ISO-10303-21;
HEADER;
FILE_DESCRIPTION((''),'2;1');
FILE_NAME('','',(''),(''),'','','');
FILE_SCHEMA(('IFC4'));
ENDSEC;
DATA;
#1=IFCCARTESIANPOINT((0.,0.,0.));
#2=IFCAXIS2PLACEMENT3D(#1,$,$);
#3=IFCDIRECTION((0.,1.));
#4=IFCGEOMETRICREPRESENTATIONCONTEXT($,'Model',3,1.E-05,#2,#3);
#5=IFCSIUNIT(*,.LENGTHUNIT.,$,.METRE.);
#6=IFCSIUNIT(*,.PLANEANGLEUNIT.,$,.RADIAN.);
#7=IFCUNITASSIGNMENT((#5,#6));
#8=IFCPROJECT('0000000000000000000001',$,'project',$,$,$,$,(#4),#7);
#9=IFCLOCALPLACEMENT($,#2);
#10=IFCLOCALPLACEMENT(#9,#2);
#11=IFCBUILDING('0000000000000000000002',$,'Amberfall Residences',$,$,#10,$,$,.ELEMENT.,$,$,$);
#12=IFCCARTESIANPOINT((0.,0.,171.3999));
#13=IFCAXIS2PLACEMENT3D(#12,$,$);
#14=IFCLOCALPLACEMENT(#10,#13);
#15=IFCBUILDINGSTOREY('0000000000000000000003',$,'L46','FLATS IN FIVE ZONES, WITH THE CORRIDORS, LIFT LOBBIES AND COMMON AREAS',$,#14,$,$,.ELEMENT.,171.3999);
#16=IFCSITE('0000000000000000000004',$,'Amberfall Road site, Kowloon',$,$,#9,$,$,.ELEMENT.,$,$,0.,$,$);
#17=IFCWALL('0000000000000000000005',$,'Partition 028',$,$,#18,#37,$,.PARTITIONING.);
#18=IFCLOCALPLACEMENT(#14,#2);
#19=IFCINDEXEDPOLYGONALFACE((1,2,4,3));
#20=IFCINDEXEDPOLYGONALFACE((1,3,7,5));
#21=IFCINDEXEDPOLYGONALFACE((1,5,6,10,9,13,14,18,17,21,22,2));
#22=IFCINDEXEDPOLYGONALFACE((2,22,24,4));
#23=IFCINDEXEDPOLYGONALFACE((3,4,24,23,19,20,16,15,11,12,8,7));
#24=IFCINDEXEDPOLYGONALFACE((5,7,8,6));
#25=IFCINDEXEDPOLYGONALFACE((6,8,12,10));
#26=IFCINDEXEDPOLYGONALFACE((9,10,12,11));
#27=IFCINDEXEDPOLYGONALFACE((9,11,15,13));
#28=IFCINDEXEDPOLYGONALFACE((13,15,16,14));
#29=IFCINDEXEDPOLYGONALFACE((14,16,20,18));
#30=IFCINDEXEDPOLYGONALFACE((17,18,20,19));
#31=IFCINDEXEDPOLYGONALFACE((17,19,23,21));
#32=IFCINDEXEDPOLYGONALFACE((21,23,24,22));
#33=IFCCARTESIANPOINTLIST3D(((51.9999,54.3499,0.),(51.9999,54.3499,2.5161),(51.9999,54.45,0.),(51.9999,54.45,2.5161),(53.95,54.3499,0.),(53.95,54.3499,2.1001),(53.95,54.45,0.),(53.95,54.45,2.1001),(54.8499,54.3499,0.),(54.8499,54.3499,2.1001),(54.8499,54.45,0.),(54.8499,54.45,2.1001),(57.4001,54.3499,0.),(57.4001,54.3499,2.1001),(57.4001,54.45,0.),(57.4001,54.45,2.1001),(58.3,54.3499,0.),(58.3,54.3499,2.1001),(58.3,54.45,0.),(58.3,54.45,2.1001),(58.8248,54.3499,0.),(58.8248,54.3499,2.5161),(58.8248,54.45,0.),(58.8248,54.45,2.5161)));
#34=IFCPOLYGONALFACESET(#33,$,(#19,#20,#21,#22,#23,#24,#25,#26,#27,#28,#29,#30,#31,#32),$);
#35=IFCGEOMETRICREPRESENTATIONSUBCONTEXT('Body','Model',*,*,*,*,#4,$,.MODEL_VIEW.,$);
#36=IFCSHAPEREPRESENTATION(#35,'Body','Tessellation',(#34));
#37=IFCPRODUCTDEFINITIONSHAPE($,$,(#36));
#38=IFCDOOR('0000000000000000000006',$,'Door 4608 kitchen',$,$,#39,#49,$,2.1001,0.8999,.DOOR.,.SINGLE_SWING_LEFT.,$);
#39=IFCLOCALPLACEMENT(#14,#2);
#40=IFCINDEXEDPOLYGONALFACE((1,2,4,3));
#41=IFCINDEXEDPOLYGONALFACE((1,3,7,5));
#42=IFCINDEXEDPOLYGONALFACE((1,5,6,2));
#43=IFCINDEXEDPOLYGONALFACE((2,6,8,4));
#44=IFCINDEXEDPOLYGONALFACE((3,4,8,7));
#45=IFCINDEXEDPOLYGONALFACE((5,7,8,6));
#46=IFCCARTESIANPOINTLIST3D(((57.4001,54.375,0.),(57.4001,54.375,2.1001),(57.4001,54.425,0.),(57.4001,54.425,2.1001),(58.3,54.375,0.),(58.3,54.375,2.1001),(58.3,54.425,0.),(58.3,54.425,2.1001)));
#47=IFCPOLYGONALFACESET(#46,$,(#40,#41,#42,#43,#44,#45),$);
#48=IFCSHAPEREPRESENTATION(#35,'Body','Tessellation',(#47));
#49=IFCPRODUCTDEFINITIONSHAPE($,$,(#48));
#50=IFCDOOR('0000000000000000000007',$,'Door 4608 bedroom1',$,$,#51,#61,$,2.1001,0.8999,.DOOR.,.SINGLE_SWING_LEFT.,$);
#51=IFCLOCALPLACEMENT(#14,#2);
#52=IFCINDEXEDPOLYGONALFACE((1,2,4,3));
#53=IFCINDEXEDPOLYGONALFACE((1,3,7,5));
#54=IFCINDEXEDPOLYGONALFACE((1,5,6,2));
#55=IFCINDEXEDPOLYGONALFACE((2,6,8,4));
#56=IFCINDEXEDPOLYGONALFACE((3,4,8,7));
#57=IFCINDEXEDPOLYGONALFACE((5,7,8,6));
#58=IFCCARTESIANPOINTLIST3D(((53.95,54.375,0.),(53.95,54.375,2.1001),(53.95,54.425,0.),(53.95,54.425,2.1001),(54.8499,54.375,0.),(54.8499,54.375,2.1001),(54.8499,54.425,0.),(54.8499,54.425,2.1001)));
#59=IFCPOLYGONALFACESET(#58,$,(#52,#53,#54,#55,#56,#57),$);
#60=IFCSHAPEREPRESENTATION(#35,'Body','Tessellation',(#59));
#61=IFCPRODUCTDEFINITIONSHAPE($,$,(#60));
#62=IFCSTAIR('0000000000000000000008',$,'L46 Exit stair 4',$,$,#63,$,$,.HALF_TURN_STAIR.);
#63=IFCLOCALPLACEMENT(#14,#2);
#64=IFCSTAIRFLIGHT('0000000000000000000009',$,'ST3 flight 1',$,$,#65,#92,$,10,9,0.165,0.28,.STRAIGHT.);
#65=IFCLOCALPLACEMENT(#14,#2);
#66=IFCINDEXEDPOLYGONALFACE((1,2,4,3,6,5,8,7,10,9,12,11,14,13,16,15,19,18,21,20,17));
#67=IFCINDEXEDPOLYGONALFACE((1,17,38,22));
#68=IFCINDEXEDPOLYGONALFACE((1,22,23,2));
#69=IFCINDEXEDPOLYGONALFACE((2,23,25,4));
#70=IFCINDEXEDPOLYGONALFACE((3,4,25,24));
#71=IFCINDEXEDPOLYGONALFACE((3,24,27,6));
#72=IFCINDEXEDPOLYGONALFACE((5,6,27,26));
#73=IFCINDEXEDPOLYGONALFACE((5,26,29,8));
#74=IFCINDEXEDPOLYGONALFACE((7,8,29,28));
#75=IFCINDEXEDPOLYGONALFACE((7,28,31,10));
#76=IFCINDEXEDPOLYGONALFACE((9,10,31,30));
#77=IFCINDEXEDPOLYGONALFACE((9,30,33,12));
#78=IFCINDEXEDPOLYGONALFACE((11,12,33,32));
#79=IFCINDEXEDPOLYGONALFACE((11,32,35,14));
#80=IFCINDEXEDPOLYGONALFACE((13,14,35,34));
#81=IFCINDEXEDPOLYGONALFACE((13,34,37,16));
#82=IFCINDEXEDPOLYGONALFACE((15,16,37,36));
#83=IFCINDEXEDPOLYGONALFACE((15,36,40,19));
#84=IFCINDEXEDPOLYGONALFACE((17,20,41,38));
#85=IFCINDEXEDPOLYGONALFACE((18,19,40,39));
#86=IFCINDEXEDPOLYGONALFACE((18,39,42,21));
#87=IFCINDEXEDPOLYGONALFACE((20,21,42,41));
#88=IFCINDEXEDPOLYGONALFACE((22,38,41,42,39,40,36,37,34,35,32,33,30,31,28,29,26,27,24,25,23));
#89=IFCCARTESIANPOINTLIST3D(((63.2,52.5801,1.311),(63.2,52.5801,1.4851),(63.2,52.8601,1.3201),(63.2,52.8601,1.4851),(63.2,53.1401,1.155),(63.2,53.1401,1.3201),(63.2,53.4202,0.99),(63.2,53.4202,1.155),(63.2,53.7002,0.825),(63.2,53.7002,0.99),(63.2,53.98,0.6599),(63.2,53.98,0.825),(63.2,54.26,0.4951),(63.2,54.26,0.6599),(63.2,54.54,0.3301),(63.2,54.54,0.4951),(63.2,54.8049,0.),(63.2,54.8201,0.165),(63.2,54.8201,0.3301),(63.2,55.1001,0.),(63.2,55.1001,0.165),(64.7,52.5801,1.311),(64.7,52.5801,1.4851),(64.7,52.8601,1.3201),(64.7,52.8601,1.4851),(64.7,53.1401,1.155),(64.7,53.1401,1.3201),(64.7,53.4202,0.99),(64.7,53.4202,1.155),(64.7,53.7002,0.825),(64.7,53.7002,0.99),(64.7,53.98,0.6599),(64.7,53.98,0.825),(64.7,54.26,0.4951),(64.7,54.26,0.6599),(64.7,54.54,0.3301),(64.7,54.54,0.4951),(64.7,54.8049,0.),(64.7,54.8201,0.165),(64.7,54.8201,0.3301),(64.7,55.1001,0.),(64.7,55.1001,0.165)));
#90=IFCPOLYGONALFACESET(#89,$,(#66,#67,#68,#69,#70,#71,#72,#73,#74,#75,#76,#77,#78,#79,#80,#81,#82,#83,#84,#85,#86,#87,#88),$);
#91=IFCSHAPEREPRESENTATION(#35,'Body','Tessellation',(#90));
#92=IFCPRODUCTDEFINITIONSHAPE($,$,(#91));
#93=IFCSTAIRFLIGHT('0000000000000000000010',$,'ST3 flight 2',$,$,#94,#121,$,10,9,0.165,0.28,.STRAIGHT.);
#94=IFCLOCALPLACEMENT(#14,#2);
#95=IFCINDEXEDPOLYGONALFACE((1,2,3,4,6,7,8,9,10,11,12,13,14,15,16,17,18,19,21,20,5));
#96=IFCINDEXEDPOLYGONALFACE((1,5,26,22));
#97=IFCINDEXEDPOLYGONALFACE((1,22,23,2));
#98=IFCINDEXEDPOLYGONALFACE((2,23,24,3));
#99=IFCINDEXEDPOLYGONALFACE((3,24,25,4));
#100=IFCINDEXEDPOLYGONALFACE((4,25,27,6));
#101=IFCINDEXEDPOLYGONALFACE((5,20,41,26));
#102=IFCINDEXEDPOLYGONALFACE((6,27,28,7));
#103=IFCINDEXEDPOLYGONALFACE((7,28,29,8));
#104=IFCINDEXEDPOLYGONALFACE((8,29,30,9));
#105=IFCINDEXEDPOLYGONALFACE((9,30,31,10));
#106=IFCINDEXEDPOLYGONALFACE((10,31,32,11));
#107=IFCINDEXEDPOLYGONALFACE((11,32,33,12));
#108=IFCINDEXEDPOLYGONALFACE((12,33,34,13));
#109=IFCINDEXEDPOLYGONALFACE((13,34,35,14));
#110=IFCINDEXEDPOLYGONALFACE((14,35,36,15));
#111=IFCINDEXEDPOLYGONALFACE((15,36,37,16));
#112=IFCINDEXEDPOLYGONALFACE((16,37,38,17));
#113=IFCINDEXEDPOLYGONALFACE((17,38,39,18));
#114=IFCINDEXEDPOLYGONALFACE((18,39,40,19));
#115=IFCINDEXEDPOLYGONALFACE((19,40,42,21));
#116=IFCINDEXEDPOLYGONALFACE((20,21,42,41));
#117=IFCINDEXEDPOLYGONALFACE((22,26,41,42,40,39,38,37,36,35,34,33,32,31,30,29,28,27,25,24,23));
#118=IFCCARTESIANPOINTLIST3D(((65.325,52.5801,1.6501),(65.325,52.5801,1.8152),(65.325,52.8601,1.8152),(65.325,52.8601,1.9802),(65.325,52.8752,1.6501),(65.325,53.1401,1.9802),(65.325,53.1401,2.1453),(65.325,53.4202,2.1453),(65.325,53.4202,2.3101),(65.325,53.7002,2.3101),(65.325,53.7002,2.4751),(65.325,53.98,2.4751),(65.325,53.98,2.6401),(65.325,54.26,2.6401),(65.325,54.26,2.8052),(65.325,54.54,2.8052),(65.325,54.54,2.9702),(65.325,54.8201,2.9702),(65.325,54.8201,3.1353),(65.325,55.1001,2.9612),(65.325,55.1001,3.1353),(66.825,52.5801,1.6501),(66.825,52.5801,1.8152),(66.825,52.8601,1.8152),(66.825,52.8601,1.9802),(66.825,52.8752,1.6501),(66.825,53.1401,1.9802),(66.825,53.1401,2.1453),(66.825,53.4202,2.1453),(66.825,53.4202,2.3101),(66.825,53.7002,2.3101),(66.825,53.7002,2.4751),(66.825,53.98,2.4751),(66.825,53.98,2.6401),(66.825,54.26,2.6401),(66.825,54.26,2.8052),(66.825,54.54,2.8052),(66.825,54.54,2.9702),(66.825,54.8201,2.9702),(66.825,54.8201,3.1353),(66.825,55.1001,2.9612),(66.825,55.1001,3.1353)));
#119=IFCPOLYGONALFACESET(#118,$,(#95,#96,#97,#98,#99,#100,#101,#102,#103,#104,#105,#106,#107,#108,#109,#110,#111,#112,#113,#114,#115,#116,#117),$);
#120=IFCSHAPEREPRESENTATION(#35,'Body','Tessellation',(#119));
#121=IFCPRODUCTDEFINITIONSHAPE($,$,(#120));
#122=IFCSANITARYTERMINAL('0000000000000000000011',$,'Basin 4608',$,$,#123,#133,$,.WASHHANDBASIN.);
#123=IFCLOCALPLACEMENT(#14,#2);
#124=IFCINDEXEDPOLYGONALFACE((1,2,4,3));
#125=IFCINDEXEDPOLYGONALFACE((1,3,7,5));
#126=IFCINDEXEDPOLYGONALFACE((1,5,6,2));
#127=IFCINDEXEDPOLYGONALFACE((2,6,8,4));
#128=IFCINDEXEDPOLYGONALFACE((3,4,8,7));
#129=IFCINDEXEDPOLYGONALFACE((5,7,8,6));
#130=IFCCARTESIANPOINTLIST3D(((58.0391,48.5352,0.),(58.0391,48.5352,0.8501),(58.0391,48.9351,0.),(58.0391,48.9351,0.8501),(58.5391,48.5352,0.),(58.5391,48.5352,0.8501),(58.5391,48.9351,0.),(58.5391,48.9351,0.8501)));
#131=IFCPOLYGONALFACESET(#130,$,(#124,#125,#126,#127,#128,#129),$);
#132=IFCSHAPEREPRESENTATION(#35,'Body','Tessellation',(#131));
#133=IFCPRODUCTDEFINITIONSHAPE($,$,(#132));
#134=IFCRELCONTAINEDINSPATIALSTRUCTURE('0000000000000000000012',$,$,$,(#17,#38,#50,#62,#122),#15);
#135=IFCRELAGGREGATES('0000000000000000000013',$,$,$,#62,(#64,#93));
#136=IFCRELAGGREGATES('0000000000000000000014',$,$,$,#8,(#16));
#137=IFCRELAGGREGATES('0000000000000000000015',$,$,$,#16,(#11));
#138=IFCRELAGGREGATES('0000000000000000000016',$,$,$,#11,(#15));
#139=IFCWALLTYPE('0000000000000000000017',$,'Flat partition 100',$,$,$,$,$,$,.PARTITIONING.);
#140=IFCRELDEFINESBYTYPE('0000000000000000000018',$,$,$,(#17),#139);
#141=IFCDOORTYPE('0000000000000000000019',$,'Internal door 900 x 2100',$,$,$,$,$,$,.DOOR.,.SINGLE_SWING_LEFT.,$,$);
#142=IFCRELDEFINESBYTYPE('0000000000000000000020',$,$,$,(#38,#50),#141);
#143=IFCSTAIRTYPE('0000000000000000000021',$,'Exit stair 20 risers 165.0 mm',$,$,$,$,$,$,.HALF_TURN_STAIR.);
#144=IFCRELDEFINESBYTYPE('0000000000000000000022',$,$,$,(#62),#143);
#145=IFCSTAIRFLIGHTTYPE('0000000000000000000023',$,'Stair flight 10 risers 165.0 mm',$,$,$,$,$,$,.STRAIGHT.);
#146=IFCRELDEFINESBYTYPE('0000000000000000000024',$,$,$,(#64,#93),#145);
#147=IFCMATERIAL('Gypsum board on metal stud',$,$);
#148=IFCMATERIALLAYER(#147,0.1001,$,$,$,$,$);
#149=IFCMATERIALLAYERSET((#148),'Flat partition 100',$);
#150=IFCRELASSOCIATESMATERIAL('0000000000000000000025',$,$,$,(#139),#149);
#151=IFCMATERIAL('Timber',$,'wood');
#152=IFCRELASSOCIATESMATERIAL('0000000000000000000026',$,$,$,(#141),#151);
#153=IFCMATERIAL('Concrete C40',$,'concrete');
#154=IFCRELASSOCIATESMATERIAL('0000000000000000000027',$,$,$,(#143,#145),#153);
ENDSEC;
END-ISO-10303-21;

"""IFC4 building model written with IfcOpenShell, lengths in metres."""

from ifc_helpers import new_model, si_unit, direction, frame, frame_2d, origin, origin_2d, place, context, subcontext, project, spatial, polyline, rectangle, outline, extrude, material, layer, layer_set, type_object, element, fill, aggregate, save


model = new_model("IFC4")

# Units and contexts
model_context = context("Model", 3, precision=1e-05, world=origin(), true_north=direction((0.0, 1.0)))
body_context = subcontext(model_context, "Body", "Model", "MODEL_VIEW")
ifc_project = project(units=[si_unit("LENGTHUNIT", "METRE"), si_unit("PLANEANGLEUNIT", "RADIAN")], contexts=[model_context])

# Site, building, storey
site_placement = place(None, origin())
site = spatial("IfcSite", under=ifc_project, at=site_placement, Name="Amberfall Road site, Kowloon", CompositionType="ELEMENT", RefElevation=0.0)
building_placement = place(site_placement, origin())
building = spatial("IfcBuilding", under=site, at=building_placement, Name="Amberfall Residences", CompositionType="ELEMENT")
storey_placement = place(building_placement, frame((0.0, 0.0, 171.3999)))
storey = spatial("IfcBuildingStorey", under=building, at=storey_placement, Name="L46", Description="FLATS IN FIVE ZONES, WITH THE CORRIDORS, LIFT LOBBIES AND COMMON AREAS", CompositionType="ELEMENT", Elevation=171.3999)

# Wall, openings, doors
ifc_material_1 = material(Name="Gypsum board on metal stud")
ifc_layer_1 = layer(ifc_material_1, 0.1001)
ifc_layer_set_1 = layer_set([ifc_layer_1], Name="Flat partition 100")
wall_type_1 = type_object("IfcWallType", Name="Flat partition 100", PredefinedType="PARTITIONING", material=ifc_layer_set_1)
wall_1_placement = place(storey_placement, frame((58.825, 54.3999, 0.0), z_axis=(0.0, 0.0, 1.0), x_axis=(-1.0, 0.0, 0.0)))
wall_1 = element("IfcWall", 1, at=wall_1_placement, inside=storey, type_object=wall_type_1, Name="Partition 028", PredefinedType="PARTITIONING", context=body_context, shape_type="SweptSolid", body=[
    extrude(rectangle(XDim=6.825, YDim=0.1001, at=frame_2d((3.4126, 0.0))), origin(), (0.0, 0.0, 1.0), 2.5161),
])
opening_1_placement = place(wall_1_placement, frame((0.5249, 0.0, 0.0)))
opening_1 = element("IfcOpeningElement", 2, at=opening_1_placement, cuts=wall_1, PredefinedType="OPENING", context=body_context, shape_type="SweptSolid", body=[
    extrude(rectangle(XDim=0.8999, YDim=2.1001, at=frame_2d((0.45, 1.05))), frame((0.0, 0.0601, 0.0), z_axis=(0.0, -1.0, 0.0), x_axis=(1.0, 0.0, 0.0)), (0.0, 0.0, 1.0), 0.1201),
])
opening_2_placement = place(wall_1_placement, frame((3.9751, 0.0, 0.0)))
opening_2 = element("IfcOpeningElement", 3, at=opening_2_placement, cuts=wall_1, PredefinedType="OPENING", context=body_context, shape_type="SweptSolid", body=[
    extrude(rectangle(XDim=0.8999, YDim=2.1001, at=frame_2d((0.45, 1.05))), frame((0.0, 0.0601, 0.0), z_axis=(0.0, -1.0, 0.0), x_axis=(1.0, 0.0, 0.0)), (0.0, 0.0, 1.0), 0.1201),
])
ifc_material_2 = material(Name="Timber", Category="wood")
door_type_1 = type_object("IfcDoorType", Name="Internal door 900 x 2100", OperationType="SINGLE_SWING_LEFT", PredefinedType="DOOR", material=ifc_material_2)
door_1_placement = place(opening_1_placement, origin())
door_1 = element("IfcDoor", 4, at=door_1_placement, inside=storey, type_object=door_type_1, Name="Door 4608 kitchen", OperationType="SINGLE_SWING_LEFT", OverallHeight=2.1001, OverallWidth=0.8999, PredefinedType="DOOR", context=body_context, shape_type="SweptSolid", body=[
    extrude(rectangle(XDim=0.8999, YDim=2.1001, at=frame_2d((0.45, 1.05))), frame((0.0, 0.0249, 0.0), z_axis=(0.0, -1.0, 0.0), x_axis=(1.0, 0.0, 0.0)), (0.0, 0.0, 1.0), 0.05),
])
fill(opening_1, door_1)
door_2_placement = place(opening_2_placement, origin())
door_2 = element("IfcDoor", 5, at=door_2_placement, inside=storey, type_object=door_type_1, Name="Door 4608 bedroom1", OperationType="SINGLE_SWING_LEFT", OverallHeight=2.1001, OverallWidth=0.8999, PredefinedType="DOOR", context=body_context, shape_type="SweptSolid", body=[
    extrude(rectangle(XDim=0.8999, YDim=2.1001, at=frame_2d((0.45, 1.05))), frame((0.0, 0.0249, 0.0), z_axis=(0.0, -1.0, 0.0), x_axis=(1.0, 0.0, 0.0)), (0.0, 0.0, 1.0), 0.05),
])
fill(opening_2, door_2)

# Stair, stair flights
ifc_material_3 = material(Name="Concrete C40", Category="concrete")
stair_type = type_object("IfcStairType", Name="Exit stair 20 risers 165.0 mm", PredefinedType="HALF_TURN_STAIR", material=ifc_material_3)
stair_placement = place(storey_placement, origin())
stair = element("IfcStair", 6, at=stair_placement, inside=storey, type_object=stair_type, Name="L46 Exit stair 4", PredefinedType="HALF_TURN_STAIR")
stair_flight_type = type_object("IfcStairFlightType", Name="Stair flight 10 risers 165.0 mm", PredefinedType="STRAIGHT", material=ifc_material_3)
stair_flight_1_placement = place(storey_placement, frame((63.95, 55.1001, 0.0), z_axis=(0.0, 0.0, 1.0), x_axis=(0.0, -1.0, 0.0)))
stair_flight_1 = element("IfcStairFlight", 7, at=stair_flight_1_placement, type_object=stair_flight_type, Name="ST3 flight 1", NumberOfRisers=10, NumberOfTreads=9, PredefinedType="STRAIGHT", RiserHeight=0.165, TreadLength=0.28, context=body_context, shape_type="SweptSolid", body=[
    extrude(outline(polyline([(0.0, 0.0), (0.0, 0.165), (0.28, 0.165), (0.28, 0.3301), (0.5601, 0.3301), (0.5601, 0.4951), (0.8401, 0.4951), (0.8401, 0.6599), (1.1201, 0.6599), (1.1201, 0.825), (1.3999, 0.825), (1.3999, 0.99), (1.6799, 0.99), (1.6799, 1.155), (1.96, 1.155), (1.96, 1.3201), (2.24, 1.3201), (2.24, 1.4851), (2.52, 1.4851), (2.52, 1.6499), (2.52, 1.311), (0.2952, 0.0), (0.0, 0.0)])), frame((0.0, 0.75, 0.0), z_axis=(0.0, -1.0, 0.0), x_axis=(1.0, 0.0, 0.0)), (0.0, 0.0, 1.0), 1.5),
])
stair_flight_2_placement = place(storey_placement, frame((66.075, 52.5801, 1.6501), z_axis=(0.0, 0.0, 1.0), x_axis=(0.0, 1.0, 0.0)))
stair_flight_2 = element("IfcStairFlight", 8, at=stair_flight_2_placement, type_object=stair_flight_type, Name="ST3 flight 2", NumberOfRisers=10, NumberOfTreads=9, PredefinedType="STRAIGHT", RiserHeight=0.165, TreadLength=0.28, context=body_context, shape_type="SweptSolid", body=[
    extrude(outline(polyline([(0.0, 0.0), (0.0, 0.165), (0.28, 0.165), (0.28, 0.3301), (0.5601, 0.3301), (0.5601, 0.4951), (0.8401, 0.4951), (0.8401, 0.6599), (1.1201, 0.6599), (1.1201, 0.825), (1.3999, 0.825), (1.3999, 0.99), (1.6799, 0.99), (1.6799, 1.155), (1.96, 1.155), (1.96, 1.3201), (2.24, 1.3201), (2.24, 1.4851), (2.52, 1.4851), (2.52, 1.6499), (2.52, 1.311), (0.2952, 0.0), (0.0, 0.0)])), frame((0.0, 0.75, 0.0), z_axis=(0.0, -1.0, 0.0), x_axis=(1.0, 0.0, 0.0)), (0.0, 0.0, 1.0), 1.5),
])
aggregate(stair, [stair_flight_1, stair_flight_2])

# Sanitary terminal
sanitary_terminal_placement = place(storey_placement, frame((58.2891, 48.7351, 0.0), z_axis=(0.0, 0.0, 1.0), x_axis=(1.0, 0.0, 0.0)))
element("IfcSanitaryTerminal", 9, at=sanitary_terminal_placement, inside=storey, Name="Basin 4608", PredefinedType="WASHHANDBASIN", context=body_context, shape_type="SweptSolid", body=[
    extrude(rectangle(XDim=0.5, YDim=0.3999, at=origin_2d()), origin(), (0.0, 0.0, 1.0), 0.8501),
])

save(model, "model.ifc")
